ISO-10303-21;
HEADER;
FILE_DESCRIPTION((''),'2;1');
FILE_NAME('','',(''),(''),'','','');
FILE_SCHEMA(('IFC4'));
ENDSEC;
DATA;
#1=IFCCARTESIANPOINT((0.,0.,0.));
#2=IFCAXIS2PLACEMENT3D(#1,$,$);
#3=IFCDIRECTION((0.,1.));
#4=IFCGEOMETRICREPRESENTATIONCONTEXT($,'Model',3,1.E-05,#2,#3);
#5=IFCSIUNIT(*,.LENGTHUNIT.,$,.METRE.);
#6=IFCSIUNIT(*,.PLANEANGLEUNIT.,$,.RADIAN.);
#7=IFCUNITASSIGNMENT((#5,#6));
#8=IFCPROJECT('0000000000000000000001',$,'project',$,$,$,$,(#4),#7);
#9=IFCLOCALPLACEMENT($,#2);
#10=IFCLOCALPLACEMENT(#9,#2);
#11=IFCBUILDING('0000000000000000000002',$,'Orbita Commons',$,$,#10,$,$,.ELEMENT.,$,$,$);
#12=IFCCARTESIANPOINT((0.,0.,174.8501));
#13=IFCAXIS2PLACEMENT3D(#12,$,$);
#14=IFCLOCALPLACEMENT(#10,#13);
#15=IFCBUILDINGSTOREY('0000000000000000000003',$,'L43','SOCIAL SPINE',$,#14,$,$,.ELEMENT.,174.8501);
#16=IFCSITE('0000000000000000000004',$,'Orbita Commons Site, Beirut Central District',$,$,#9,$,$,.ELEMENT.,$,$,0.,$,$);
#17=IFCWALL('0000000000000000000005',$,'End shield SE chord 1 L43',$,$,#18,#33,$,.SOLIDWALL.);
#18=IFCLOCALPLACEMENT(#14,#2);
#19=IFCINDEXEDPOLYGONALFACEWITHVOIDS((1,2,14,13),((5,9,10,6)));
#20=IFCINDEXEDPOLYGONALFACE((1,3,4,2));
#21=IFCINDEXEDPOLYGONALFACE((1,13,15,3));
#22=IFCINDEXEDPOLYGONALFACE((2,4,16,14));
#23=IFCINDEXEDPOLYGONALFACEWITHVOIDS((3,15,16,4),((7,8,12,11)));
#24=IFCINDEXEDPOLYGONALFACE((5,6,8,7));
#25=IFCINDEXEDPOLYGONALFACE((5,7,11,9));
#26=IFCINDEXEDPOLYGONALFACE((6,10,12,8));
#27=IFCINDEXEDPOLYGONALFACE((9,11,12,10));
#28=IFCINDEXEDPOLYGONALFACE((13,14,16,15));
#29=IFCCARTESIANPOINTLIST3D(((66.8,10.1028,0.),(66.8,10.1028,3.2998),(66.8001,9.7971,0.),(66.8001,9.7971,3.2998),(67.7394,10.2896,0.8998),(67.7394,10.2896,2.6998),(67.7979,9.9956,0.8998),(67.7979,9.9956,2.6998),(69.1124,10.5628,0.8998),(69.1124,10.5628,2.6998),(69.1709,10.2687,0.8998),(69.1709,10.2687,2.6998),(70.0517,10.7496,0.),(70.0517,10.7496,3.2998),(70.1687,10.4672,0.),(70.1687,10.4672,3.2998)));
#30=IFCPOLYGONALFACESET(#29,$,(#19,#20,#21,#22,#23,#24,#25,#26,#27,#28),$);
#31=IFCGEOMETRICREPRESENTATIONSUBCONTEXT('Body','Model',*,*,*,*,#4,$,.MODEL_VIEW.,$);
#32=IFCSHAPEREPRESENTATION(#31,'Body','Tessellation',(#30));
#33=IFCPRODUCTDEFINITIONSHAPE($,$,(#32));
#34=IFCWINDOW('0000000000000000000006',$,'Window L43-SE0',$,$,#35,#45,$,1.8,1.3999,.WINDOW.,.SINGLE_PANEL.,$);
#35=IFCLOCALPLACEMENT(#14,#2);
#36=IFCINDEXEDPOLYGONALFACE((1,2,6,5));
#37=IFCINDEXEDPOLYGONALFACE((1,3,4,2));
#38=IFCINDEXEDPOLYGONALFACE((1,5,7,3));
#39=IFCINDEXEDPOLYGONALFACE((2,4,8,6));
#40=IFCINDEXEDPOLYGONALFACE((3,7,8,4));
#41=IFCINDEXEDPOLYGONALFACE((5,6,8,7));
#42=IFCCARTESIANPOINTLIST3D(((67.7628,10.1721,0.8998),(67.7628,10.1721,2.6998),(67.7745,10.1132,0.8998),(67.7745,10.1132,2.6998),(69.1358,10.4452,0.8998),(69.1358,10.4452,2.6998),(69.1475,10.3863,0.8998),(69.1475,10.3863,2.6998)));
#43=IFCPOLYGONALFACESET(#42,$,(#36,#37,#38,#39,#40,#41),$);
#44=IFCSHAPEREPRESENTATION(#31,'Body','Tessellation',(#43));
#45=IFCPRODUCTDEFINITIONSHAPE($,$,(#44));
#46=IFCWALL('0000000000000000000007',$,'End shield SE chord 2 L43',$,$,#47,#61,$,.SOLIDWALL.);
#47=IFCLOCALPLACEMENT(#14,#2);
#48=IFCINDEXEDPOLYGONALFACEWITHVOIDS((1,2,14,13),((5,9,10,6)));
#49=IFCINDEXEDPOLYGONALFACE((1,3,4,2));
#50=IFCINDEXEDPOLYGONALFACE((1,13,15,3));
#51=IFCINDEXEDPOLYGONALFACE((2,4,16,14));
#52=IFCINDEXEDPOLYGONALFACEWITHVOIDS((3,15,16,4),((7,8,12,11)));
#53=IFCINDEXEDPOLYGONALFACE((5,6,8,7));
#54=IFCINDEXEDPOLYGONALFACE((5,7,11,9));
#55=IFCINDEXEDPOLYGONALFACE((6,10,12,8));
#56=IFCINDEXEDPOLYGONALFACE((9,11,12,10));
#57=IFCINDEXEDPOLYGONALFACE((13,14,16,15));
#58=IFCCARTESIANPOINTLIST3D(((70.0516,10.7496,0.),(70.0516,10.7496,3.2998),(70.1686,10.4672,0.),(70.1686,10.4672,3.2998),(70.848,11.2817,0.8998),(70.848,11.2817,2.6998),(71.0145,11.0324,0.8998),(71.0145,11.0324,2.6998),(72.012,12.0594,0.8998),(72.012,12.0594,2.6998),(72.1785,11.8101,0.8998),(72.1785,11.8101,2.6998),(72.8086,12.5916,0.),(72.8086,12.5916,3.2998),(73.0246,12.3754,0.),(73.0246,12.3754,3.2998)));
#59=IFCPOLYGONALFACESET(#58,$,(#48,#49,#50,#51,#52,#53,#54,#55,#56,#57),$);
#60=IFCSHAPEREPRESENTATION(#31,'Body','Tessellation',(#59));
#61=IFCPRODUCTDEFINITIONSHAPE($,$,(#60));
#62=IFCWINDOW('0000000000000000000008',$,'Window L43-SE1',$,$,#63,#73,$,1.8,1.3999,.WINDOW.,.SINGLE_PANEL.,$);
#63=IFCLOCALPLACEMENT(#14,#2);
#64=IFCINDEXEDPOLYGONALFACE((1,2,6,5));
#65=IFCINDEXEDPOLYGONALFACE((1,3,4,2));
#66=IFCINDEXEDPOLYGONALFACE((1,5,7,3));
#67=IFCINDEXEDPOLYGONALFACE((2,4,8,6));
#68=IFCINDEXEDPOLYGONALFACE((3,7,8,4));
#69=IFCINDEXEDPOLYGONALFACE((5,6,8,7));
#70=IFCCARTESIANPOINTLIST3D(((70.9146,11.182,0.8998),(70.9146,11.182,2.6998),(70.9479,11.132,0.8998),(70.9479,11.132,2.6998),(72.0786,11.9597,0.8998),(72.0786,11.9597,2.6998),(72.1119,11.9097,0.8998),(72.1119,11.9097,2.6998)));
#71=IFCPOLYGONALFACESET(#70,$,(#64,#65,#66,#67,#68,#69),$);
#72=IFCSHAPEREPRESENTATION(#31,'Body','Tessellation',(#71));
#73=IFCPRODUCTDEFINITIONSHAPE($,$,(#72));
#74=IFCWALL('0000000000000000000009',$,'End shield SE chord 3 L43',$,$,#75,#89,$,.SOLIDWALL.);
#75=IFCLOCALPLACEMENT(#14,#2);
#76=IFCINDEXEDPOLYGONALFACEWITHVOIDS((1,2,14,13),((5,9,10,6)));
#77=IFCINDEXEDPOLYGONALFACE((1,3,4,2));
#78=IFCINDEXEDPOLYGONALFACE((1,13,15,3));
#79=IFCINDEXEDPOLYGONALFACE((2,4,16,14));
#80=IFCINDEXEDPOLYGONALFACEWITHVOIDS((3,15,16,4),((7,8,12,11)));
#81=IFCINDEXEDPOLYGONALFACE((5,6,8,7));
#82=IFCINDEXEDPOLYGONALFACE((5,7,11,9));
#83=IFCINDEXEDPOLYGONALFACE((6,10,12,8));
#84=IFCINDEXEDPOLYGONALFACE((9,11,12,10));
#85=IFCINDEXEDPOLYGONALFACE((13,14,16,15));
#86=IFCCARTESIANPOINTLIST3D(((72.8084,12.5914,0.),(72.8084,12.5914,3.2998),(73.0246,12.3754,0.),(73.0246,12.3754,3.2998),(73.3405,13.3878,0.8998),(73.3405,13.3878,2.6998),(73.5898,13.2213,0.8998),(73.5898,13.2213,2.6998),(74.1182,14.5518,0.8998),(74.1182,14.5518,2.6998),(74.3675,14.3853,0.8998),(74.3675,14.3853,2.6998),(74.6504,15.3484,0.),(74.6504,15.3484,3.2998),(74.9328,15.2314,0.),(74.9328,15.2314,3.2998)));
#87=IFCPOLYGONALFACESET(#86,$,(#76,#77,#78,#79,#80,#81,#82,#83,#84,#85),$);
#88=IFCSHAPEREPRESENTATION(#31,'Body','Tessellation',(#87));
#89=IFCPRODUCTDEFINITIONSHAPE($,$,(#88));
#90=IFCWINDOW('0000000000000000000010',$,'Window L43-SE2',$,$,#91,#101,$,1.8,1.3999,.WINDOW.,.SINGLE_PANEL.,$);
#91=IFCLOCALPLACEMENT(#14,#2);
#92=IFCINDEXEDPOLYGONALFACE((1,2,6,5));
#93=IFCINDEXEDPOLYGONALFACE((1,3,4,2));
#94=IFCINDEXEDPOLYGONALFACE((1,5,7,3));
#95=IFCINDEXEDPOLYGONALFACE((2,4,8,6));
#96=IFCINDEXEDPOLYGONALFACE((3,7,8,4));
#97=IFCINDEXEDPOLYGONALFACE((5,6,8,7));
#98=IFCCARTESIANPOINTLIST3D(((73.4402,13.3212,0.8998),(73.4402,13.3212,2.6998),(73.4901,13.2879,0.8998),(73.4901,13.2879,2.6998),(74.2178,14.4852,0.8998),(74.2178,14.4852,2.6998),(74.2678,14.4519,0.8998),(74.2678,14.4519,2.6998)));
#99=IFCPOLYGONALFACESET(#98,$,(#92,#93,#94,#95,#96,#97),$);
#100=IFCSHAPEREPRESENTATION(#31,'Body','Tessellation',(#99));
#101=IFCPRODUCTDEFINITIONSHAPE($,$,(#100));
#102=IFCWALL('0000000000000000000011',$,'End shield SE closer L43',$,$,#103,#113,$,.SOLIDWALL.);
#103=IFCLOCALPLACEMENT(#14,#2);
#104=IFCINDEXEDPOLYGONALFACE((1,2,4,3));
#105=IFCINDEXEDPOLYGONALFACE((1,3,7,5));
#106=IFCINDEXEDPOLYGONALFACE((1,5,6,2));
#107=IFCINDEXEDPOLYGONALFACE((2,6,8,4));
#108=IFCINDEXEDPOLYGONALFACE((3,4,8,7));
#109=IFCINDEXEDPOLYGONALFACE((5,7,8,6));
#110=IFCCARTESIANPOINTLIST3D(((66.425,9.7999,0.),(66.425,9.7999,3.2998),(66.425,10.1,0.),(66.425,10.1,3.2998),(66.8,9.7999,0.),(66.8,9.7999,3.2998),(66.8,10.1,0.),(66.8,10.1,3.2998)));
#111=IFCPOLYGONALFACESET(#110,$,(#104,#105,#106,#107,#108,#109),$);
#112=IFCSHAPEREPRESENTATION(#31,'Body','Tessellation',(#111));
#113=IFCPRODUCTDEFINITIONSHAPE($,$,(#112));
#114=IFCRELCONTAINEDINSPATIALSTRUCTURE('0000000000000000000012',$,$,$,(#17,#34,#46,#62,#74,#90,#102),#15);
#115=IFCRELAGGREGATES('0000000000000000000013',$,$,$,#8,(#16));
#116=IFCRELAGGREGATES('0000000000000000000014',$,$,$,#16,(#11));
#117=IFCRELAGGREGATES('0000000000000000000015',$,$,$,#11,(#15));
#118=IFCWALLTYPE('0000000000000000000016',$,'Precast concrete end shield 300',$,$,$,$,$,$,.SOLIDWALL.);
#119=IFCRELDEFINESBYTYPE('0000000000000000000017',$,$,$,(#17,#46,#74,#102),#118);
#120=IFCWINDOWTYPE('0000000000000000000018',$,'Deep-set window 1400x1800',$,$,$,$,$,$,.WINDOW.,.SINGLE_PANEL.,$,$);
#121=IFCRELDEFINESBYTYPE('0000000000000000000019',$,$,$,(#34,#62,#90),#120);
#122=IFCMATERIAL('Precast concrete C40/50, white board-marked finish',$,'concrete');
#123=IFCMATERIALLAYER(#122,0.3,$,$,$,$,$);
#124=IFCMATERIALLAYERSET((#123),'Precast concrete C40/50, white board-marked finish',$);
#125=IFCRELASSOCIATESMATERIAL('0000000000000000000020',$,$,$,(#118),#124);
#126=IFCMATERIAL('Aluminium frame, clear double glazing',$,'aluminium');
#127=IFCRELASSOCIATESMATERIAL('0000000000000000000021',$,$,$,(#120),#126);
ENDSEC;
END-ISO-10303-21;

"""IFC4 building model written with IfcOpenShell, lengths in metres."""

from ifc_helpers import new_model, si_unit, direction, frame, frame_2d, origin, place, context, subcontext, project, spatial, polyline, rectangle, outline, extrude, material, layer, layer_set, type_object, element, fill, save


model = new_model("IFC4")

# Units and contexts
model_context = context("Model", 3, precision=1e-05, world=origin(), true_north=direction((0.0, 1.0)))
body_context = subcontext(model_context, "Body", "Model", "MODEL_VIEW")
ifc_project = project(units=[si_unit("LENGTHUNIT", "METRE"), si_unit("PLANEANGLEUNIT", "RADIAN")], contexts=[model_context])

# Site, building, storey
site_placement = place(None, origin())
site = spatial("IfcSite", under=ifc_project, at=site_placement, Name="Orbita Commons Site, Beirut Central District", CompositionType="ELEMENT", RefElevation=0.0)
building_placement = place(site_placement, origin())
building = spatial("IfcBuilding", under=site, at=building_placement, Name="Orbita Commons", CompositionType="ELEMENT")
storey_placement = place(building_placement, frame((0.0, 0.0, 174.8501)))
storey = spatial("IfcBuildingStorey", under=building, at=storey_placement, Name="L43", Description="SOCIAL SPINE", CompositionType="ELEMENT", Elevation=174.8501)

# Walls, openings, windows
ifc_material_1 = material(Name="Precast concrete C40/50, white board-marked finish", Category="concrete")
ifc_layer_1 = layer(ifc_material_1, 0.3)
ifc_layer_set_1 = layer_set([ifc_layer_1], Name="Precast concrete C40/50, white board-marked finish")
wall_type_1 = type_object("IfcWallType", Name="Precast concrete end shield 300", PredefinedType="SOLIDWALL", material=ifc_layer_set_1)
wall_1_placement = place(storey_placement, frame((66.8, 9.95, 0.0), z_axis=(0.0, 0.0, 1.0), x_axis=(0.980783, 0.1951, 0.0)))
wall_1 = element("IfcWall", 1, at=wall_1_placement, inside=storey, type_object=wall_type_1, Name="End shield SE chord 1 L43", PredefinedType="SOLIDWALL", context=body_context, shape_type="SweptSolid", body=[
    extrude(outline(polyline([(-0.0298, -0.1499), (3.4048, -0.1499), (3.3452, 0.1499), (0.0298, 0.1499), (-0.0298, -0.1499)])), origin(), (0.0, 0.0, 1.0), 3.2998),
])
opening_1_placement = place(wall_1_placement, frame((0.9875, 0.0, 0.8999)))
opening_1 = element("IfcOpeningElement", 2, at=opening_1_placement, cuts=wall_1, PredefinedType="OPENING", context=body_context, shape_type="SweptSolid", body=[
    extrude(rectangle(XDim=1.3999, YDim=1.8, at=frame_2d((0.7, 0.8999))), frame((0.0, 0.1599, 0.0), z_axis=(0.0, -1.0, 0.0), x_axis=(1.0, 0.0, 0.0)), (0.0, 0.0, 1.0), 0.3201),
])
ifc_material_2 = material(Name="Aluminium frame, clear double glazing", Category="aluminium")
window_type = type_object("IfcWindowType", Name="Deep-set window 1400x1800", PartitioningType="SINGLE_PANEL", PredefinedType="WINDOW", material=ifc_material_2)
window_1_placement = place(opening_1_placement, origin())
window_1 = element("IfcWindow", 3, at=window_1_placement, inside=storey, type_object=window_type, Name="Window L43-SE0", OverallHeight=1.8, OverallWidth=1.3999, PartitioningType="SINGLE_PANEL", PredefinedType="WINDOW", context=body_context, shape_type="SweptSolid", body=[
    extrude(rectangle(XDim=1.3999, YDim=1.8, at=frame_2d((0.7, 0.8999))), frame((0.0, 0.03, 0.0), z_axis=(0.0, -1.0, 0.0), x_axis=(1.0, 0.0, 0.0)), (0.0, 0.0, 1.0), 0.0601),
])
fill(opening_1, window_1)
wall_2_placement = place(storey_placement, frame((70.1101, 10.6084, 0.0), z_axis=(0.0, 0.0, 1.0), x_axis=(0.831493, 0.555535, 0.0)))
wall_2 = element("IfcWall", 4, at=wall_2_placement, inside=storey, type_object=wall_type_1, Name="End shield SE chord 2 L43", PredefinedType="SOLIDWALL", context=body_context, shape_type="SweptSolid", body=[
    extrude(outline(polyline([(-0.0298, -0.1499), (3.405, -0.1499), (3.3455, 0.1499), (0.0298, 0.1499), (-0.0298, -0.1499)])), origin(), (0.0, 0.0, 1.0), 3.2998),
])
opening_2_placement = place(wall_2_placement, frame((0.9875, 0.0, 0.8999)))
opening_2 = element("IfcOpeningElement", 5, at=opening_2_placement, cuts=wall_2, PredefinedType="OPENING", context=body_context, shape_type="SweptSolid", body=[
    extrude(rectangle(XDim=1.3999, YDim=1.8, at=frame_2d((0.7, 0.8999))), frame((0.0, 0.1599, 0.0), z_axis=(0.0, -1.0, 0.0), x_axis=(1.0, 0.0, 0.0)), (0.0, 0.0, 1.0), 0.3201),
])
window_2_placement = place(opening_2_placement, origin())
window_2 = element("IfcWindow", 6, at=window_2_placement, inside=storey, type_object=window_type, Name="Window L43-SE1", OverallHeight=1.8, OverallWidth=1.3999, PartitioningType="SINGLE_PANEL", PredefinedType="WINDOW", context=body_context, shape_type="SweptSolid", body=[
    extrude(rectangle(XDim=1.3999, YDim=1.8, at=frame_2d((0.7, 0.8999))), frame((0.0, 0.03, 0.0), z_axis=(0.0, -1.0, 0.0), x_axis=(1.0, 0.0, 0.0)), (0.0, 0.0, 1.0), 0.0601),
])
fill(opening_2, window_2)
wall_3_placement = place(storey_placement, frame((72.9165, 12.4834, 0.0), z_axis=(0.0, 0.0, 1.0), x_axis=(0.555535, 0.831493, 0.0)))
wall_3 = element("IfcWall", 7, at=wall_3_placement, inside=storey, type_object=wall_type_1, Name="End shield SE chord 3 L43", PredefinedType="SOLIDWALL", context=body_context, shape_type="SweptSolid", body=[
    extrude(outline(polyline([(-0.0298, -0.1499), (3.405, -0.1499), (3.3455, 0.1499), (0.0298, 0.1499), (-0.0298, -0.1499)])), origin(), (0.0, 0.0, 1.0), 3.2998),
])
opening_3_placement = place(wall_3_placement, frame((0.9875, 0.0, 0.8999)))
opening_3 = element("IfcOpeningElement", 8, at=opening_3_placement, cuts=wall_3, PredefinedType="OPENING", context=body_context, shape_type="SweptSolid", body=[
    extrude(rectangle(XDim=1.3999, YDim=1.8, at=frame_2d((0.7, 0.8999))), frame((0.0, 0.1599, 0.0), z_axis=(0.0, -1.0, 0.0), x_axis=(1.0, 0.0, 0.0)), (0.0, 0.0, 1.0), 0.3201),
])
window_3_placement = place(opening_3_placement, origin())
window_3 = element("IfcWindow", 9, at=window_3_placement, inside=storey, type_object=window_type, Name="Window L43-SE2", OverallHeight=1.8, OverallWidth=1.3999, PartitioningType="SINGLE_PANEL", PredefinedType="WINDOW", context=body_context, shape_type="SweptSolid", body=[
    extrude(rectangle(XDim=1.3999, YDim=1.8, at=frame_2d((0.7, 0.8999))), frame((0.0, 0.03, 0.0), z_axis=(0.0, -1.0, 0.0), x_axis=(1.0, 0.0, 0.0)), (0.0, 0.0, 1.0), 0.0601),
])
fill(opening_3, window_3)

# Wall
wall_4_placement = place(storey_placement, frame((66.8, 9.95, 0.0), z_axis=(0.0, 0.0, 1.0), x_axis=(-1.0, 0.0, 0.0)))
element("IfcWall", 10, at=wall_4_placement, inside=storey, type_object=wall_type_1, Name="End shield SE closer L43", PredefinedType="SOLIDWALL", context=body_context, shape_type="SweptSolid", body=[
    extrude(rectangle(XDim=0.375, YDim=0.3, at=frame_2d((0.1875, 0.0))), origin(), (0.0, 0.0, 1.0), 3.2998),
])

save(model, "model.ifc")
